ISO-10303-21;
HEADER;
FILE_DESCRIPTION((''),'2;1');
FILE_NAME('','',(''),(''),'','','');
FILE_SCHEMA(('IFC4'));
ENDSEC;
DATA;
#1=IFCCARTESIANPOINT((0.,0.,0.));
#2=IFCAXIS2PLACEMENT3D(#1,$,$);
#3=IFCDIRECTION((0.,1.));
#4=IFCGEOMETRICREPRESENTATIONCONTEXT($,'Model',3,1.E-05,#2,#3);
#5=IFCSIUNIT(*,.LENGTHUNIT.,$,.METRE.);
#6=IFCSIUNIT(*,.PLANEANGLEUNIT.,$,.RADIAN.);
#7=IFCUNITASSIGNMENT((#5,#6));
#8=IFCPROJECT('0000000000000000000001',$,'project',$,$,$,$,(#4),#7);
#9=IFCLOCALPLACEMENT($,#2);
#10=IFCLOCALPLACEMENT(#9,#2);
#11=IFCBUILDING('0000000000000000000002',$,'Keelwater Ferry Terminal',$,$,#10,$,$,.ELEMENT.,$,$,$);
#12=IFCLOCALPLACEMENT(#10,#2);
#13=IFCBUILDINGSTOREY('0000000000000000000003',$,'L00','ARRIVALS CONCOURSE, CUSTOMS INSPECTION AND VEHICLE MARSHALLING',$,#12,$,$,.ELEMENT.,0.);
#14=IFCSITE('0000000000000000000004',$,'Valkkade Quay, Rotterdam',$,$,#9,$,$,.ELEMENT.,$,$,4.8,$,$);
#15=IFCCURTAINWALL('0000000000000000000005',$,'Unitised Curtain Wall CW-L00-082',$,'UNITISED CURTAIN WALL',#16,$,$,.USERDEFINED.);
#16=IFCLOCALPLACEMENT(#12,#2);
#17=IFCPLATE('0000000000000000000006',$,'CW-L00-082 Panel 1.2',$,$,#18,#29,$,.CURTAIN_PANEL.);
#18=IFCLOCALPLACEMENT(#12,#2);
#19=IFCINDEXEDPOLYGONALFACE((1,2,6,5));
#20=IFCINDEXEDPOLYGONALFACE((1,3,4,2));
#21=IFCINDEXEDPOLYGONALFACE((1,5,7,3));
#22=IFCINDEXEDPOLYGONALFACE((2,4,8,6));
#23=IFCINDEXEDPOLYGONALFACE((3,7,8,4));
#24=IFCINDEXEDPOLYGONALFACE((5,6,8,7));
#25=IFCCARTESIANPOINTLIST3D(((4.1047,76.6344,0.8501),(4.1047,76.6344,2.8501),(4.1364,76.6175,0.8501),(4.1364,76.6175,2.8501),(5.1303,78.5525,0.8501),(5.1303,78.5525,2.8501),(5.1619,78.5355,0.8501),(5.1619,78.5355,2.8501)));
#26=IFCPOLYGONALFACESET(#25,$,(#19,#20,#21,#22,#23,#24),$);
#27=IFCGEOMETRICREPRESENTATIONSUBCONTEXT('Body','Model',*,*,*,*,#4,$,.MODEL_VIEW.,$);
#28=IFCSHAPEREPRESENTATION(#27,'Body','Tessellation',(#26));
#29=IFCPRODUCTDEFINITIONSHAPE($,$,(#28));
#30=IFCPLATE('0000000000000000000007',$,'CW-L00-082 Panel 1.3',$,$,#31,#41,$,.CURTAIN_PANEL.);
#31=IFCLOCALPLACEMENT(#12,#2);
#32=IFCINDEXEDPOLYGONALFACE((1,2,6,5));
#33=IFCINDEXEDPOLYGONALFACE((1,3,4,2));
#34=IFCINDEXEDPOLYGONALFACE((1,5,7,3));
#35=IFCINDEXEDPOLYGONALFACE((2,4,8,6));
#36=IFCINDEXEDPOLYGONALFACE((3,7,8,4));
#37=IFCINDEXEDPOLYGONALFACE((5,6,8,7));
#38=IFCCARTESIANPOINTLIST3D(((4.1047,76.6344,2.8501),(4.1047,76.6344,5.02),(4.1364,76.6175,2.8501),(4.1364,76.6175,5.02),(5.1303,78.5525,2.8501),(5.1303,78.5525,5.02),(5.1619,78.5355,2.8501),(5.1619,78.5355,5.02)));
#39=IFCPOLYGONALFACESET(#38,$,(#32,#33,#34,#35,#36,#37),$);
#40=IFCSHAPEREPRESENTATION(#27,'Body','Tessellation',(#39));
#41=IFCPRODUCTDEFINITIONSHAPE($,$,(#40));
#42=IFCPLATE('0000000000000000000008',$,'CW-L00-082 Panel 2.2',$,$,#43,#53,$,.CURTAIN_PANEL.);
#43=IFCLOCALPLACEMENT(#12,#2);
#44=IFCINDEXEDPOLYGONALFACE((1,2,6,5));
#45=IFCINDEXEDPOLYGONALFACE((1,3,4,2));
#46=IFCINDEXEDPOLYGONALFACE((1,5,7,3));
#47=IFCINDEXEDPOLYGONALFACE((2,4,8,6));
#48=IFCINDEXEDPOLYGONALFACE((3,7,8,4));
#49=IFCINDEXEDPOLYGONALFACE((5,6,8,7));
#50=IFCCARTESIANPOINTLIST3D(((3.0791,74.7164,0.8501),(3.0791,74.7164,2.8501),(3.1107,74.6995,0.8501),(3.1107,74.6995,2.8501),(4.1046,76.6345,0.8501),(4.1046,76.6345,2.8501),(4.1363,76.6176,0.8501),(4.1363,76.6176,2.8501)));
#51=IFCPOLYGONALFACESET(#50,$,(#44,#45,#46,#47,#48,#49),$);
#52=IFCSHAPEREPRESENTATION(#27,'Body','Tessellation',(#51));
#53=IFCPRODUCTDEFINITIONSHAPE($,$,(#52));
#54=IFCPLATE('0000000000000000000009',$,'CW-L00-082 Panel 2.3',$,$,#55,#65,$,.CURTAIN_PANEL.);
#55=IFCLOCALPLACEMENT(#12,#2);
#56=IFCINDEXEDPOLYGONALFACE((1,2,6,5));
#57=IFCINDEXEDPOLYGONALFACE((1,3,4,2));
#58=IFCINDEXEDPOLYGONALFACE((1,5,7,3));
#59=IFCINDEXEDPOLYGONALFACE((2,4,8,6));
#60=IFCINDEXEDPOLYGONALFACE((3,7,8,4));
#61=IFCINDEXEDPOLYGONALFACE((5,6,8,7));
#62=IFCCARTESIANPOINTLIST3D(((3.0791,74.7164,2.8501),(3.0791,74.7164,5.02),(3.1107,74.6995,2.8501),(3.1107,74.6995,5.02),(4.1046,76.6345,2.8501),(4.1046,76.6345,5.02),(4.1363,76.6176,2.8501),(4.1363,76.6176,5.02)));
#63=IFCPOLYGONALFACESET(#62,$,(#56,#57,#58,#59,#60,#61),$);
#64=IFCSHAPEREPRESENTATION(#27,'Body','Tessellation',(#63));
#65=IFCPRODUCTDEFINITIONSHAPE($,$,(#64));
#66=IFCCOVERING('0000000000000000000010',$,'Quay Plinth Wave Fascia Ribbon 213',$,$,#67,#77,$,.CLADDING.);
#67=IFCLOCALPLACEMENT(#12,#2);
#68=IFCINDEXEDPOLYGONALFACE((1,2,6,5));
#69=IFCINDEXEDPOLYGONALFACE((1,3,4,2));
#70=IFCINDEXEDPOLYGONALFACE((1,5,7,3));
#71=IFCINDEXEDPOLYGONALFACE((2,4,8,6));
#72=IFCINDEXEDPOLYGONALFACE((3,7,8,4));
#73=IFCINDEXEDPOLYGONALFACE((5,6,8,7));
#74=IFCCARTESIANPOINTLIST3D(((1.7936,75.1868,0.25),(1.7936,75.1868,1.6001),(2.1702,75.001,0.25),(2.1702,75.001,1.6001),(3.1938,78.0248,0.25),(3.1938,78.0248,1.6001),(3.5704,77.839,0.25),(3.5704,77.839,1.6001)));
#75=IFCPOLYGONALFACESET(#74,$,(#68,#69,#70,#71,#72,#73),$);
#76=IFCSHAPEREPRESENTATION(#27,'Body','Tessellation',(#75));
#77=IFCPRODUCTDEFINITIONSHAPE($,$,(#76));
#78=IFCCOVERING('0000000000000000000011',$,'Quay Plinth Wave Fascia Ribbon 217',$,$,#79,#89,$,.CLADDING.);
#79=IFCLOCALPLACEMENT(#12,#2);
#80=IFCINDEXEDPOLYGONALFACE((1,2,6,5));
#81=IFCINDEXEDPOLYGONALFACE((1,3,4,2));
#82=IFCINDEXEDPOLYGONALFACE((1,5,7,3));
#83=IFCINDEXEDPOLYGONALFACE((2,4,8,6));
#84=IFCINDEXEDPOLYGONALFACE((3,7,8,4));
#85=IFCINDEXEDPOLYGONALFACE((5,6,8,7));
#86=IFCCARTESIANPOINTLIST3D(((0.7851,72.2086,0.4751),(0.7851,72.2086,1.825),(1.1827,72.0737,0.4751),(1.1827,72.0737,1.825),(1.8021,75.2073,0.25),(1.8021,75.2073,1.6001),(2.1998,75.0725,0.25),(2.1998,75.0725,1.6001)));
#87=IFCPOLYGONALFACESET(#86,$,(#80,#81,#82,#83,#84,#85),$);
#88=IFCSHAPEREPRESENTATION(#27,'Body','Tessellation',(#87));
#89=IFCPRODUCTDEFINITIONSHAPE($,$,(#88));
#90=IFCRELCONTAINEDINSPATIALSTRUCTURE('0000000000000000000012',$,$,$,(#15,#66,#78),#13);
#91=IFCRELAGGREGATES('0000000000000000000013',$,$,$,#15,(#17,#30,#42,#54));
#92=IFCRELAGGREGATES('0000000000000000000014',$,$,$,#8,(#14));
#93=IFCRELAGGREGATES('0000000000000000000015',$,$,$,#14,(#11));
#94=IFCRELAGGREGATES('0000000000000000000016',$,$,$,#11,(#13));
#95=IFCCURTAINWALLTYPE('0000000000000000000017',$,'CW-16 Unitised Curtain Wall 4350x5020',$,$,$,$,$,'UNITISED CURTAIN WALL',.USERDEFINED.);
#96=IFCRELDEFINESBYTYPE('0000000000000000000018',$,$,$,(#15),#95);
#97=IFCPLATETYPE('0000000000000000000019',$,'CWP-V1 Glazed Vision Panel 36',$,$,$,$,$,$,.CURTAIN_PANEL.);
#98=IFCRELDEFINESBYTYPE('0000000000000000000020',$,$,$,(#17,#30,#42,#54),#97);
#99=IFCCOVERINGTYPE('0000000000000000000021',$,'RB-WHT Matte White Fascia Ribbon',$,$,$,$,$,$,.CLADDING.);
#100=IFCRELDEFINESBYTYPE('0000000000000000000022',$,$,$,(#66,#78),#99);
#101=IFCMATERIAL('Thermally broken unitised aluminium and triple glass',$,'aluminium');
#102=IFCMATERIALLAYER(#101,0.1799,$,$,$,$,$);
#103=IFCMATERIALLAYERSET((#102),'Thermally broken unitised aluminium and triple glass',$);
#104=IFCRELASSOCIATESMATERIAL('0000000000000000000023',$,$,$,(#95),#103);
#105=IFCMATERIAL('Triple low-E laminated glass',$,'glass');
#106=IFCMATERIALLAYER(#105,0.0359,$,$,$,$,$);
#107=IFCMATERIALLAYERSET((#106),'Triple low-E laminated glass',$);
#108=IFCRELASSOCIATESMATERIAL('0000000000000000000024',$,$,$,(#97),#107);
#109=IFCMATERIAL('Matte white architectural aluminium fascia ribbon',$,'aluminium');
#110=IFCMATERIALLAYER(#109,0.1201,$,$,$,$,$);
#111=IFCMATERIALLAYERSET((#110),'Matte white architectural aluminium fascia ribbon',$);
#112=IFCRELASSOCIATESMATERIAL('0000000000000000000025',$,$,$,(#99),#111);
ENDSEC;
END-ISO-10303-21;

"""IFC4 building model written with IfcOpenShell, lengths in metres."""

from ifc_helpers import new_model, si_unit, direction, frame, origin, origin_2d, place, context, subcontext, project, spatial, polyline, rectangle, outline, extrude, material, layer, layer_set, type_object, element, aggregate, save


model = new_model("IFC4")

# Units and contexts
model_context = context("Model", 3, precision=1e-05, world=origin(), true_north=direction((0.0, 1.0)))
body_context = subcontext(model_context, "Body", "Model", "MODEL_VIEW")
ifc_project = project(units=[si_unit("LENGTHUNIT", "METRE"), si_unit("PLANEANGLEUNIT", "RADIAN")], contexts=[model_context])

# Site, building, storey
site_placement = place(None, origin())
site = spatial("IfcSite", under=ifc_project, at=site_placement, Name="Valkkade Quay, Rotterdam", CompositionType="ELEMENT", RefElevation=4.8)
building_placement = place(site_placement, origin())
building = spatial("IfcBuilding", under=site, at=building_placement, Name="Keelwater Ferry Terminal", CompositionType="ELEMENT")
storey_placement = place(building_placement, origin())
storey = spatial("IfcBuildingStorey", under=building, at=storey_placement, Name="L00", Description="ARRIVALS CONCOURSE, CUSTOMS INSPECTION AND VEHICLE MARSHALLING", CompositionType="ELEMENT", Elevation=0.0)

# Curtain wall
ifc_material_1 = material(Name="Thermally broken unitised aluminium and triple glass", Category="aluminium")
ifc_layer_1 = layer(ifc_material_1, 0.1799)
ifc_layer_set_1 = layer_set([ifc_layer_1], Name="Thermally broken unitised aluminium and triple glass")
curtain_wall_type = type_object("IfcCurtainWallType", Name="CW-16 Unitised Curtain Wall 4350x5020", ElementType="UNITISED CURTAIN WALL", PredefinedType="USERDEFINED", material=ifc_layer_set_1)
curtain_wall_1_placement = place(storey_placement, origin())
curtain_wall_1 = element("IfcCurtainWall", 1, at=curtain_wall_1_placement, inside=storey, type_object=curtain_wall_type, Name="Unitised Curtain Wall CW-L00-082", ObjectType="UNITISED CURTAIN WALL", PredefinedType="USERDEFINED")

# Plates
ifc_material_2 = material(Name="Triple low-E laminated glass", Category="glass")
ifc_layer_2 = layer(ifc_material_2, 0.0359)
ifc_layer_set_2 = layer_set([ifc_layer_2], Name="Triple low-E laminated glass")
plate_type_1 = type_object("IfcPlateType", Name="CWP-V1 Glazed Vision Panel 36", PredefinedType="CURTAIN_PANEL", material=ifc_layer_set_2)
plate_1_placement = place(storey_placement, frame((4.6333, 77.585, 0.8501), z_axis=(0.0, 0.0, 1.0), x_axis=(-0.471507, -0.881862, 0.0)))
plate_1 = element("IfcPlate", 2, at=plate_1_placement, type_object=plate_type_1, Name="CW-L00-082 Panel 1.2", PredefinedType="CURTAIN_PANEL", context=body_context, shape_type="SweptSolid", body=[
    extrude(rectangle(XDim=2.175, YDim=0.0359, at=origin_2d()), origin(), (0.0, 0.0, 1.0), 2.0),
])
plate_2_placement = place(storey_placement, frame((4.6333, 77.585, 2.8501), z_axis=(0.0, 0.0, 1.0), x_axis=(-0.471507, -0.881862, 0.0)))
plate_2 = element("IfcPlate", 3, at=plate_2_placement, type_object=plate_type_1, Name="CW-L00-082 Panel 1.3", PredefinedType="CURTAIN_PANEL", context=body_context, shape_type="SweptSolid", body=[
    extrude(rectangle(XDim=2.175, YDim=0.0359, at=origin_2d()), origin(), (0.0, 0.0, 1.0), 2.1699),
])
plate_3_placement = place(storey_placement, frame((3.6077, 75.667, 0.8501), z_axis=(0.0, 0.0, 1.0), x_axis=(-0.471507, -0.881862, 0.0)))
plate_3 = element("IfcPlate", 4, at=plate_3_placement, type_object=plate_type_1, Name="CW-L00-082 Panel 2.2", PredefinedType="CURTAIN_PANEL", context=body_context, shape_type="SweptSolid", body=[
    extrude(rectangle(XDim=2.175, YDim=0.0359, at=origin_2d()), origin(), (0.0, 0.0, 1.0), 2.0),
])
plate_4_placement = place(storey_placement, frame((3.6077, 75.667, 2.8501), z_axis=(0.0, 0.0, 1.0), x_axis=(-0.471507, -0.881862, 0.0)))
plate_4 = element("IfcPlate", 5, at=plate_4_placement, type_object=plate_type_1, Name="CW-L00-082 Panel 2.3", PredefinedType="CURTAIN_PANEL", context=body_context, shape_type="SweptSolid", body=[
    extrude(rectangle(XDim=2.175, YDim=0.0359, at=origin_2d()), origin(), (0.0, 0.0, 1.0), 2.1699),
])
aggregate(curtain_wall_1, [plate_1, plate_2, plate_3, plate_4])

# Coverings
ifc_material_3 = material(Name="Matte white architectural aluminium fascia ribbon", Category="aluminium")
ifc_layer_3 = layer(ifc_material_3, 0.1201)
ifc_layer_set_3 = layer_set([ifc_layer_3], Name="Matte white architectural aluminium fascia ribbon")
covering_type = type_object("IfcCoveringType", Name="RB-WHT Matte White Fascia Ribbon", PredefinedType="CLADDING", material=ifc_layer_set_3)
covering_1_placement = place(storey_placement, frame((3.3821, 77.9319, 0.25), z_axis=(0.0, 0.0, 1.0), x_axis=(-0.442455, -0.896791, 0.0)))
element("IfcCovering", 6, at=covering_1_placement, inside=storey, type_object=covering_type, Name="Quay Plinth Wave Fascia Ribbon 213", PredefinedType="CLADDING", context=body_context, shape_type="SweptSolid", body=[
    extrude(outline(polyline([(0.0, 0.0), (3.1646, 0.0), (3.1646, 1.3501), (0.0, 1.3501), (0.0, 0.0)])), frame((0.0, 0.21, 0.0), z_axis=(0.0, -1.0, 0.0), x_axis=(1.0, 0.0, 0.0)), (0.0, 0.0, 1.0), 0.4199),
])
covering_2_placement = place(storey_placement, frame((2.001, 75.1399, 0.25), z_axis=(0.0, 0.0, 1.0), x_axis=(-0.321196, -0.947013, 0.0)))
element("IfcCovering", 7, at=covering_2_placement, inside=storey, type_object=covering_type, Name="Quay Plinth Wave Fascia Ribbon 217", PredefinedType="CLADDING", context=body_context, shape_type="SweptSolid", body=[
    extrude(outline(polyline([(0.0, 0.0), (3.1665, 0.2251), (3.1665, 1.575), (0.0, 1.3501), (0.0, 0.0)])), frame((0.0, 0.21, 0.0), z_axis=(0.0, -1.0, 0.0), x_axis=(1.0, 0.0, 0.0)), (0.0, 0.0, 1.0), 0.4199),
])

save(model, "model.ifc")
